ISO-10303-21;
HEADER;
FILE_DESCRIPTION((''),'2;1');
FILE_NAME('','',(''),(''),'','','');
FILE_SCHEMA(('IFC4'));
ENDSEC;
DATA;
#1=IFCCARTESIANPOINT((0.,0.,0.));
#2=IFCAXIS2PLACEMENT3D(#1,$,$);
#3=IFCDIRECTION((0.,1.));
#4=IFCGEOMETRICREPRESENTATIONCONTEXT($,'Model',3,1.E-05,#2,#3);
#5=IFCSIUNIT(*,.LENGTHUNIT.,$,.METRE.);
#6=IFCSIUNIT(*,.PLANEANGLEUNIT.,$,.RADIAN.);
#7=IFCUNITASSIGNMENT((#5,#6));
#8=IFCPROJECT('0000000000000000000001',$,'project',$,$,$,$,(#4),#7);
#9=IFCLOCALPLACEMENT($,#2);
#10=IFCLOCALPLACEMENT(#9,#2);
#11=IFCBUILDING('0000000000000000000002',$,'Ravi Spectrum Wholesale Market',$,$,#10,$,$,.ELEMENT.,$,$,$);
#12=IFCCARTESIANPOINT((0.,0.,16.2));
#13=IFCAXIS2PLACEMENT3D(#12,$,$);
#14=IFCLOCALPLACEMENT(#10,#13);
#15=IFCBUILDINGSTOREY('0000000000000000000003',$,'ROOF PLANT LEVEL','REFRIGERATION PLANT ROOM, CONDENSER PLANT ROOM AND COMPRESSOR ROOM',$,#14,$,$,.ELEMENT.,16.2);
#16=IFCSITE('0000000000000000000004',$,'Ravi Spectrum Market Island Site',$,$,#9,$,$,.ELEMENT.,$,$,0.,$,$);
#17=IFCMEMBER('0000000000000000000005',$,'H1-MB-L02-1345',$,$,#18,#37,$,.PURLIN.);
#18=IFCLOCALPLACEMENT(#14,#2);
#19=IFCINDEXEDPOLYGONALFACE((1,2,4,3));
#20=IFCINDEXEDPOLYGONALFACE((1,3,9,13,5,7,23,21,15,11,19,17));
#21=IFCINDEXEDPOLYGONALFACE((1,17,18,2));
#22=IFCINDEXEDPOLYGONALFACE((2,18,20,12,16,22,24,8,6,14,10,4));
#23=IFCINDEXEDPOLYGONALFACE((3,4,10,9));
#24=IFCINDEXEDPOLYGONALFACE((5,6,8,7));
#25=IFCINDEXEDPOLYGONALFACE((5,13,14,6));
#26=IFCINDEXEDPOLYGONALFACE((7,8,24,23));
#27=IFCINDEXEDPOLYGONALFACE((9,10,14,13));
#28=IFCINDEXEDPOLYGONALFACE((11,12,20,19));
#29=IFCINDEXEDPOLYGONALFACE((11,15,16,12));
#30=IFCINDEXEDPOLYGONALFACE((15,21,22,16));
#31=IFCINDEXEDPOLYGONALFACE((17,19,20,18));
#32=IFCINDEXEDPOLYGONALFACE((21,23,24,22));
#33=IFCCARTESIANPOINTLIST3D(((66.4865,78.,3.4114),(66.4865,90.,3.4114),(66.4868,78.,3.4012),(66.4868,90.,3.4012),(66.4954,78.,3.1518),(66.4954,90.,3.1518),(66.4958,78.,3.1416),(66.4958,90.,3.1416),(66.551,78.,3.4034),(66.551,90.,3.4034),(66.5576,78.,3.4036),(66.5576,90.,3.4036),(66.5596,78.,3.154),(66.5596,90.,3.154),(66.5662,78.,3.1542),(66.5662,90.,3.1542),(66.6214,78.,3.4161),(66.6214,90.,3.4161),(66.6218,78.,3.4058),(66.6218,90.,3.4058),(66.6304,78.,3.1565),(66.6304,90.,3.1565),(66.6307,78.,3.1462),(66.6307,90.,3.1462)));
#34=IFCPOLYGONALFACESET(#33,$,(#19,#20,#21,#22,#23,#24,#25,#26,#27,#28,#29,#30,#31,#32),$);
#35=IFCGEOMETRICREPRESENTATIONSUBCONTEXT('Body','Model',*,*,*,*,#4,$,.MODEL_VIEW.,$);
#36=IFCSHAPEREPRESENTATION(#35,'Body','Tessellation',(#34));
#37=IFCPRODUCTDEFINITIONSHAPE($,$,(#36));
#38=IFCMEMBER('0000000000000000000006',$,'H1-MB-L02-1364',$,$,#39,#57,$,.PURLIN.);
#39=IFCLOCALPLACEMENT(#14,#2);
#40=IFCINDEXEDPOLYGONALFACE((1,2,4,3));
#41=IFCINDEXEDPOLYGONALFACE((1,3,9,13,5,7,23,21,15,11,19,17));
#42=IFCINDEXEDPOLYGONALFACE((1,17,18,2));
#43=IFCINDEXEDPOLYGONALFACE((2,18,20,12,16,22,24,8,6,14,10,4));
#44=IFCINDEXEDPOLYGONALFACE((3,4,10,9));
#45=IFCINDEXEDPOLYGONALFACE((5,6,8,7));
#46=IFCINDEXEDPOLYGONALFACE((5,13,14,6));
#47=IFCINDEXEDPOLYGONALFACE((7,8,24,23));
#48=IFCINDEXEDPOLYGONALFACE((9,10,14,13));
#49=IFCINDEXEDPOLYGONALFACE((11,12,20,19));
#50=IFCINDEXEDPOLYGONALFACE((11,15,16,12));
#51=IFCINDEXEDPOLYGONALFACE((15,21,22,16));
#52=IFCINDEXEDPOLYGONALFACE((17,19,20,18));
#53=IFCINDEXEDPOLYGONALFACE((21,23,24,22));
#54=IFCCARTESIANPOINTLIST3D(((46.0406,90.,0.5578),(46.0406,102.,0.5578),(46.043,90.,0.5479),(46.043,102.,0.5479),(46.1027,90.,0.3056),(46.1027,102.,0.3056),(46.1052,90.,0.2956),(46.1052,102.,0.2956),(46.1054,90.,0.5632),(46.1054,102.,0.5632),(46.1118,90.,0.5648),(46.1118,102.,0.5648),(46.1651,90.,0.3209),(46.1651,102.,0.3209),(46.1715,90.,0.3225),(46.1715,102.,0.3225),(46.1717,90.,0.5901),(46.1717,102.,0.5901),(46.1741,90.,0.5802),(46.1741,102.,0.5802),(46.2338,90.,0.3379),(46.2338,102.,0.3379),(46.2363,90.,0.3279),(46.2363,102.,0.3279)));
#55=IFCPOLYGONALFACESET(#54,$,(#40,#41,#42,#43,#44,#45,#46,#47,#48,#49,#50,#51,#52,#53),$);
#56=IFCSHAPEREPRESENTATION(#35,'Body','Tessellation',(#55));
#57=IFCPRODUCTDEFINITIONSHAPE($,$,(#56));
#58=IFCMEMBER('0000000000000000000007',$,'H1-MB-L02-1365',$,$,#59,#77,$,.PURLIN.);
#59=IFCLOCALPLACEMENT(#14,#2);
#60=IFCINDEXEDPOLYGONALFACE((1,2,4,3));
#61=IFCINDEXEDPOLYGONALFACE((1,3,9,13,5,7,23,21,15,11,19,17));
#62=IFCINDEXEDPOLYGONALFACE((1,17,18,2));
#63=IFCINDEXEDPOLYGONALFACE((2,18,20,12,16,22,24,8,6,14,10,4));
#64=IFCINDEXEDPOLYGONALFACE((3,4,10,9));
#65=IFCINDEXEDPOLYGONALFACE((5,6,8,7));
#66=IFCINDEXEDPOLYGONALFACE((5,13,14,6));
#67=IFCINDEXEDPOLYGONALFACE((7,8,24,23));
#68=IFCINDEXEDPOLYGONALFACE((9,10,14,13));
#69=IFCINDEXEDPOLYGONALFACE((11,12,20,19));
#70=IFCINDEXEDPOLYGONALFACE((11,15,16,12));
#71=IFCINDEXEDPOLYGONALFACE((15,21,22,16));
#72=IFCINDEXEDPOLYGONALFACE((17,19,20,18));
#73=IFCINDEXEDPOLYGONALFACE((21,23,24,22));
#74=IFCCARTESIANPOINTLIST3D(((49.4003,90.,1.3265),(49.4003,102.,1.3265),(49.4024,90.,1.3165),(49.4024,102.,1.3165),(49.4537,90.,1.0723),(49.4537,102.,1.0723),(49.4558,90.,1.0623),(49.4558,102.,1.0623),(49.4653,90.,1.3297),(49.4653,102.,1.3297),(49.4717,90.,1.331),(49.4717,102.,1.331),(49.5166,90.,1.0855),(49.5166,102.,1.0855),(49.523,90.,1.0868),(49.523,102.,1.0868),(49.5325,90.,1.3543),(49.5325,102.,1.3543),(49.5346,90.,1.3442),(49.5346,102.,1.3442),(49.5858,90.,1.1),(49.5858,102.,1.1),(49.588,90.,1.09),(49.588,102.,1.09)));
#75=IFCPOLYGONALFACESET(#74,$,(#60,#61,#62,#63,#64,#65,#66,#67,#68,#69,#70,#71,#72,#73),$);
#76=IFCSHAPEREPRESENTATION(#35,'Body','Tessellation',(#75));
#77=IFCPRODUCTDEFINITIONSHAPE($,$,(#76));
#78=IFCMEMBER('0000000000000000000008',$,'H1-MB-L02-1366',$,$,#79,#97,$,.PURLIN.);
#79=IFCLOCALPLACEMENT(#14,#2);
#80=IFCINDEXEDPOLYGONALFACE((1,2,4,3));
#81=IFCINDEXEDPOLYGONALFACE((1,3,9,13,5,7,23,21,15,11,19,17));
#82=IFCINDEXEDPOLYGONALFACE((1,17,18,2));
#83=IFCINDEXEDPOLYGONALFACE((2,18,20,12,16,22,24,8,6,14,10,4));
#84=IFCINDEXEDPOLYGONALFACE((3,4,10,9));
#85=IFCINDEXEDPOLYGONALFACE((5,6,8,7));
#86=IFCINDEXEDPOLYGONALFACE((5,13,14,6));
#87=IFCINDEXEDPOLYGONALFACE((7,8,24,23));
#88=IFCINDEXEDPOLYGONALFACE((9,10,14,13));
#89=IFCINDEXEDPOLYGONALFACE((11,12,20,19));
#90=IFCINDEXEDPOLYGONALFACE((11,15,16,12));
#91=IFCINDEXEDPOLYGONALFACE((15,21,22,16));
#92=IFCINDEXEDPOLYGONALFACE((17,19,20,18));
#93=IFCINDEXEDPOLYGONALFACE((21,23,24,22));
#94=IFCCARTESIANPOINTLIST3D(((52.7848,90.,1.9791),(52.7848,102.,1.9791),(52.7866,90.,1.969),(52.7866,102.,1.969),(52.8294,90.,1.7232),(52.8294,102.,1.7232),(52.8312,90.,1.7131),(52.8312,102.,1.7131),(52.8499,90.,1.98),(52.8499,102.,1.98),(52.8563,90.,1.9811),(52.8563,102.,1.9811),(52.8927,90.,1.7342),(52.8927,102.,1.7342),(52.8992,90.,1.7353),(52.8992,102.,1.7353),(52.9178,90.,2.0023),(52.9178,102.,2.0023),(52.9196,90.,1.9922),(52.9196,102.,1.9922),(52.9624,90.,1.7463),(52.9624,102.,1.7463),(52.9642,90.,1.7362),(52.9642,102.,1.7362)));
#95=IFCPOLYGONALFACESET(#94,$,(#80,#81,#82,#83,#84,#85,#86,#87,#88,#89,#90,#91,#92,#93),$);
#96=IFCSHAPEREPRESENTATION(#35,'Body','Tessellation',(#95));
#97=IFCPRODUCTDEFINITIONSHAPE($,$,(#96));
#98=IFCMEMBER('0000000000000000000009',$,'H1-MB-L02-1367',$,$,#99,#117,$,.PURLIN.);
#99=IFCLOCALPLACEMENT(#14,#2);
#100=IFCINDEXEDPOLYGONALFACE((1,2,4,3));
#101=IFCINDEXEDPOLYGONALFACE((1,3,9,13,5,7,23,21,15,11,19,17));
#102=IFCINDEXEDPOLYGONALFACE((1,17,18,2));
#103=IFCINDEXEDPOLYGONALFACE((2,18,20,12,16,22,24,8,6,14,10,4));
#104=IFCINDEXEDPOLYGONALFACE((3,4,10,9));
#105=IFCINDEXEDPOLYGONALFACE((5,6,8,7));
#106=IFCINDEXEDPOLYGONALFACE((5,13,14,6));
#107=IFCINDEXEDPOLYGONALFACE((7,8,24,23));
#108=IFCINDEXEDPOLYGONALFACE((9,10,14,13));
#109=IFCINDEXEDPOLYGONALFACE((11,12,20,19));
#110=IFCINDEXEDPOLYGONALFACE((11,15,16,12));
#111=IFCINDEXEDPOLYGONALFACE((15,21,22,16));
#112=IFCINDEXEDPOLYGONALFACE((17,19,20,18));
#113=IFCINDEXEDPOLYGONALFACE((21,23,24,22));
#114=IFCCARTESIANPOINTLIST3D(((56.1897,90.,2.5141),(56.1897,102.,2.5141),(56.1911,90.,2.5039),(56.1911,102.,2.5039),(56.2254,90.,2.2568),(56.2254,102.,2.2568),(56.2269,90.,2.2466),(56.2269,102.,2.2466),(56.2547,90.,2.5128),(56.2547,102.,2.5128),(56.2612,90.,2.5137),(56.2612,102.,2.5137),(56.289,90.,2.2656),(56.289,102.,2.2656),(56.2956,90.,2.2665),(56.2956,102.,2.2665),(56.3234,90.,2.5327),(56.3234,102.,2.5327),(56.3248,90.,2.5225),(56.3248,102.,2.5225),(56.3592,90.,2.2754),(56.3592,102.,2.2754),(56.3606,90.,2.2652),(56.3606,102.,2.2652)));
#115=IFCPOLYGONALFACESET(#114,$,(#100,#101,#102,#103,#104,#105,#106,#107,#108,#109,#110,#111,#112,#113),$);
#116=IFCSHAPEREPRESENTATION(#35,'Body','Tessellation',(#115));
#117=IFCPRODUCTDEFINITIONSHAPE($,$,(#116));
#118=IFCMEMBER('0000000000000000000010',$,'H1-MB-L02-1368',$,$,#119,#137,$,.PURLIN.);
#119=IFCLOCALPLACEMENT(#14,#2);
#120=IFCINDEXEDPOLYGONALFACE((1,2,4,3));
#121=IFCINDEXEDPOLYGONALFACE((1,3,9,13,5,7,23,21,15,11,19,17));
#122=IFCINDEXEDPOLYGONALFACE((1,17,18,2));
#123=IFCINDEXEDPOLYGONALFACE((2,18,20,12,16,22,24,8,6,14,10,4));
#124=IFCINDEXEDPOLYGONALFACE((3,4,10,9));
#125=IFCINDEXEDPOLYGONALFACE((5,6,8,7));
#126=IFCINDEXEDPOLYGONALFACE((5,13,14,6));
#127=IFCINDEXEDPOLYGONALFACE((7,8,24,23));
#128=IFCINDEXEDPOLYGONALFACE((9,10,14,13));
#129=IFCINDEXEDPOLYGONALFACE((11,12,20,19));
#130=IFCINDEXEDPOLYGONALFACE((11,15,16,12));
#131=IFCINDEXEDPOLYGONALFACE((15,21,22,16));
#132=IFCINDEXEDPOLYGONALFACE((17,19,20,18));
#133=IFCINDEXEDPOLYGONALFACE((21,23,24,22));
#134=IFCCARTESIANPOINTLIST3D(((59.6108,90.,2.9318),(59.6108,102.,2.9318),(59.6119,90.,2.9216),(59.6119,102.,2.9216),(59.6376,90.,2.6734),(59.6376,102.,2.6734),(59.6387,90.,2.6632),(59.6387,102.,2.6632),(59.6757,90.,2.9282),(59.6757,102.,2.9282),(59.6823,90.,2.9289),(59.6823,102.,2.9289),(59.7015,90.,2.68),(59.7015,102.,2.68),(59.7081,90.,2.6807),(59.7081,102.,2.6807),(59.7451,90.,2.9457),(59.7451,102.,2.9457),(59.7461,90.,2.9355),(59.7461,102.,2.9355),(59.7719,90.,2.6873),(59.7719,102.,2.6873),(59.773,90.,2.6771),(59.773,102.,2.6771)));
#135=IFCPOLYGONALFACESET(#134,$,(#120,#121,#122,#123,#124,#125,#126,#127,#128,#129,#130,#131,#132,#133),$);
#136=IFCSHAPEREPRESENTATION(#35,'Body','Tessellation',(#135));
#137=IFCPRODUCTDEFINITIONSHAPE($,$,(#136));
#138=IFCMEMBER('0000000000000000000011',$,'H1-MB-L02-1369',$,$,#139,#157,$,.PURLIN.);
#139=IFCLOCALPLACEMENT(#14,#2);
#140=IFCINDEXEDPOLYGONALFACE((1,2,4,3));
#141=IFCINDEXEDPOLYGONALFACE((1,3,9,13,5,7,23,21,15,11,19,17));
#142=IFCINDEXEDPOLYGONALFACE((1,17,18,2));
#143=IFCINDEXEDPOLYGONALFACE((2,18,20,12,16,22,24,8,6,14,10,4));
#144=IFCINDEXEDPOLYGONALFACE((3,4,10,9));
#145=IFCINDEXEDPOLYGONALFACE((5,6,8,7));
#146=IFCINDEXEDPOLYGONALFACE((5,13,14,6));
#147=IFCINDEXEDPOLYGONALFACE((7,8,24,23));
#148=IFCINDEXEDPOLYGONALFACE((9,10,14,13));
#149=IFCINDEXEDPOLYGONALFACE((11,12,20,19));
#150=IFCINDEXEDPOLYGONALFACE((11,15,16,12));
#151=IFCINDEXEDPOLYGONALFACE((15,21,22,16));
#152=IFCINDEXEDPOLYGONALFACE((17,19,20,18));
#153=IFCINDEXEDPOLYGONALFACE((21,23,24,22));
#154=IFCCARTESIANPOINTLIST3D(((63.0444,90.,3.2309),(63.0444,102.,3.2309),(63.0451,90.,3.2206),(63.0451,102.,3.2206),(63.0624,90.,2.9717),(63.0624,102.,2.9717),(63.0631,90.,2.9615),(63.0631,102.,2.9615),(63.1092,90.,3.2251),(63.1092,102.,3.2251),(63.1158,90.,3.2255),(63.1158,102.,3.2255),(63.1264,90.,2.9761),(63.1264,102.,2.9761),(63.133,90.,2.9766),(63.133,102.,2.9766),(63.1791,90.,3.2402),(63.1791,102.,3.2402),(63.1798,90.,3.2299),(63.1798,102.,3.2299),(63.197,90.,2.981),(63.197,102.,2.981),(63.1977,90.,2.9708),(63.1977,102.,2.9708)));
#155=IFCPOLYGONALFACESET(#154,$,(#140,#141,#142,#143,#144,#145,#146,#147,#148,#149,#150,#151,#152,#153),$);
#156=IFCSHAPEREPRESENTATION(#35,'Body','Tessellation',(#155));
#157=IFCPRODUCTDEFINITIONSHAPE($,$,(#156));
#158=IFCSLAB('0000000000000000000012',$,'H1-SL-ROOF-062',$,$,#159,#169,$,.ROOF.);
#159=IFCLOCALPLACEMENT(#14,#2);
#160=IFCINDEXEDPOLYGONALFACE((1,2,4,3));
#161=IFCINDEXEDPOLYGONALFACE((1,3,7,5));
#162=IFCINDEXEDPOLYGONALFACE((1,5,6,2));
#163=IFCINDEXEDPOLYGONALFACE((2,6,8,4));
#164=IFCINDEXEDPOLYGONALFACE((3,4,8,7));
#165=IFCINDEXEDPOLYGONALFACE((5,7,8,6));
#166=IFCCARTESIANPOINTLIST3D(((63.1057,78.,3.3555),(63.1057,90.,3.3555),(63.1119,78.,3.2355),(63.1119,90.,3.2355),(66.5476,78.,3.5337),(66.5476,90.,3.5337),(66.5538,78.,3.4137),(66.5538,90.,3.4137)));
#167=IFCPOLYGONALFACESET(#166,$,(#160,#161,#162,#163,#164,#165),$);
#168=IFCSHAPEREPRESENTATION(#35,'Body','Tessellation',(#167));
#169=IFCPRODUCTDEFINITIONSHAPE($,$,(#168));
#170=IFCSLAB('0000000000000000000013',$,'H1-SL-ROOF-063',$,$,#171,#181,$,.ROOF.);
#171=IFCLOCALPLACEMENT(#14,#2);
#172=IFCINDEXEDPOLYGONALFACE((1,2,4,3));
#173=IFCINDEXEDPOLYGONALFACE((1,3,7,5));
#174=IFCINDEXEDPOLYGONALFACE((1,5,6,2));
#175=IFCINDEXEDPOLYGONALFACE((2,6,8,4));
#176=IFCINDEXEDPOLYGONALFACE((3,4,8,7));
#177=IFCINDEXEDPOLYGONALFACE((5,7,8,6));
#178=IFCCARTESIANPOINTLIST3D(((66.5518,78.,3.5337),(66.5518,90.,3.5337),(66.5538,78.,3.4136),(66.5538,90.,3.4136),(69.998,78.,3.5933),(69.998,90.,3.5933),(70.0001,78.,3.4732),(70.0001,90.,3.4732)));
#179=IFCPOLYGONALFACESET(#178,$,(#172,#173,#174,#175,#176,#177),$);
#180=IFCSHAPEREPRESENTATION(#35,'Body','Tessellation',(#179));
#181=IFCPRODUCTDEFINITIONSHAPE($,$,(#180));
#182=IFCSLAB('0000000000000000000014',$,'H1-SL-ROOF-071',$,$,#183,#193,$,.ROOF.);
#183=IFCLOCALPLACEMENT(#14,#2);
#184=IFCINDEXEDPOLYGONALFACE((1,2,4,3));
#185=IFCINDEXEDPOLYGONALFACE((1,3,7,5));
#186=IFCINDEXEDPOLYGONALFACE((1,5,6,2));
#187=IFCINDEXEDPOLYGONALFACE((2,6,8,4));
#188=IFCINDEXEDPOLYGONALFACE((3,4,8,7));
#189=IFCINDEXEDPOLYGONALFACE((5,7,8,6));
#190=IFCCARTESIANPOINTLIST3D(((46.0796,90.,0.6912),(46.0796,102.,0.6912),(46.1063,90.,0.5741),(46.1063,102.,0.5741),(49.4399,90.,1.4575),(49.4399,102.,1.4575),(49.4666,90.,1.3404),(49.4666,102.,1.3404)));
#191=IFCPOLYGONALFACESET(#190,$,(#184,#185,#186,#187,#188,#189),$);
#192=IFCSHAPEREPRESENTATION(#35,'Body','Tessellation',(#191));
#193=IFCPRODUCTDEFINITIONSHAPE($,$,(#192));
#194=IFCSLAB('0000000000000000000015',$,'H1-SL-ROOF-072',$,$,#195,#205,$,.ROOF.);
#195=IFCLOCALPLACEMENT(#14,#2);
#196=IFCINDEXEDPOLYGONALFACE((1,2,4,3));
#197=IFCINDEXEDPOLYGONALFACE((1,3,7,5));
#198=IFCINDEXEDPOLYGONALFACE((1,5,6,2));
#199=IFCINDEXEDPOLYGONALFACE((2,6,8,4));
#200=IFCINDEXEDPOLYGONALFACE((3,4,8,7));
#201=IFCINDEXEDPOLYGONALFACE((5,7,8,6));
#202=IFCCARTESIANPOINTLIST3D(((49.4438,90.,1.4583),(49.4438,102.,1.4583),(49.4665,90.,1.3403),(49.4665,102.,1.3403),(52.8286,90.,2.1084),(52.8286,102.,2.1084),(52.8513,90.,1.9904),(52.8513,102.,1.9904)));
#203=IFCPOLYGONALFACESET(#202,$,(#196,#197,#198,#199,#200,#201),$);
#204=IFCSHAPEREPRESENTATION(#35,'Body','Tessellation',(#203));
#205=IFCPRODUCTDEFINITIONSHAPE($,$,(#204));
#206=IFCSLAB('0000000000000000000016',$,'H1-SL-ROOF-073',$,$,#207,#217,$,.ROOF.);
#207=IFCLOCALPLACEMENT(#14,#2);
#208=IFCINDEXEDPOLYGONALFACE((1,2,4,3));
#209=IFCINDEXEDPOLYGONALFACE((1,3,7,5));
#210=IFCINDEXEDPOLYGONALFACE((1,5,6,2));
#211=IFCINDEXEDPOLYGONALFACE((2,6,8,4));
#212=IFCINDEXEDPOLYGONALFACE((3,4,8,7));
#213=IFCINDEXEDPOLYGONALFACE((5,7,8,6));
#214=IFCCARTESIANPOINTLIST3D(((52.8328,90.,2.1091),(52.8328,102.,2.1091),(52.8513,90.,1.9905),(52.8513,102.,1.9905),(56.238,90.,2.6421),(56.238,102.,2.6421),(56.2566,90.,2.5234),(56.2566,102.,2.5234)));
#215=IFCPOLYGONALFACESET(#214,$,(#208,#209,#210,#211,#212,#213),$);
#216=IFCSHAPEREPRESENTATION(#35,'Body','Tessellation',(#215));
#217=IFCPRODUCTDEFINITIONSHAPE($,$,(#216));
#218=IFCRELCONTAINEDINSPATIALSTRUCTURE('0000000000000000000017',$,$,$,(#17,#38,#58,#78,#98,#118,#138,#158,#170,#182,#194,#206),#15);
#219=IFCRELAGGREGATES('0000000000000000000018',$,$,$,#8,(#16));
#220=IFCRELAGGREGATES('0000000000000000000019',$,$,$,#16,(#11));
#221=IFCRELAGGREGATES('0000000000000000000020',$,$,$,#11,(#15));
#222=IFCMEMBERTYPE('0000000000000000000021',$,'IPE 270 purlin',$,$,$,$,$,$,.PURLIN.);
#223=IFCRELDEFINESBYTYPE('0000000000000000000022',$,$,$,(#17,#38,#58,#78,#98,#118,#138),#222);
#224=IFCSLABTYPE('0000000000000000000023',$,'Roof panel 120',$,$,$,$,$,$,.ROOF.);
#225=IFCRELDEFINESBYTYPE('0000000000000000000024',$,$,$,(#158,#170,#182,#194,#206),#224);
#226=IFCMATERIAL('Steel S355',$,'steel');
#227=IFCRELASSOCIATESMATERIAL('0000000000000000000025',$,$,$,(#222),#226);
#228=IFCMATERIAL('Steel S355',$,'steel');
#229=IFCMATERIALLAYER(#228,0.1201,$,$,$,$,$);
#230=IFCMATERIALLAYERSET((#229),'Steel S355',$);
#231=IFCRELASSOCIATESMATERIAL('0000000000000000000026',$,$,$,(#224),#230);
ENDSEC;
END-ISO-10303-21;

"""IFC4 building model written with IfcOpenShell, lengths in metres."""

from ifc_helpers import new_model, si_unit, direction, frame, origin, origin_2d, place, context, subcontext, project, spatial, polyline, i_section, outline, extrude, material, layer, layer_set, material_profile, profile_set, type_object, element, save


model = new_model("IFC4")

# Units and contexts
model_context = context("Model", 3, precision=1e-05, world=origin(), true_north=direction((0.0, 1.0)))
body_context = subcontext(model_context, "Body", "Model", "MODEL_VIEW")
ifc_project = project(units=[si_unit("LENGTHUNIT", "METRE"), si_unit("PLANEANGLEUNIT", "RADIAN")], contexts=[model_context])

# Site, building, storey
site_placement = place(None, origin())
site = spatial("IfcSite", under=ifc_project, at=site_placement, Name="Ravi Spectrum Market Island Site", CompositionType="ELEMENT", RefElevation=0.0)
building_placement = place(site_placement, origin())
building = spatial("IfcBuilding", under=site, at=building_placement, Name="Ravi Spectrum Wholesale Market", CompositionType="ELEMENT")
storey_placement = place(building_placement, frame((0.0, 0.0, 16.2)))
storey = spatial("IfcBuildingStorey", under=building, at=storey_placement, Name="ROOF PLANT LEVEL", Description="REFRIGERATION PLANT ROOM, CONDENSER PLANT ROOM AND COMPRESSOR ROOM", CompositionType="ELEMENT", Elevation=16.2)

# Members
ifc_material_1 = material(Name="Steel S355", Category="steel")
ifc_material_profile_1 = material_profile(ifc_material_1, i_section(OverallWidth=0.135, OverallDepth=0.27, WebThickness=0.0066, FlangeThickness=0.0103, at=origin_2d()))
ifc_profile_set_1 = profile_set([ifc_material_profile_1], Name="Steel S355")
member_type_1 = type_object("IfcMemberType", Name="IPE 270 purlin", PredefinedType="PURLIN", material=ifc_profile_set_1)
for number, where, z_axis, x_axis, name in (
    (1, (66.5586, 78.0, 3.2788), (0.0, 1.0, 0.0), (-0.999405, 0.0, -0.034492), "H1-MB-L02-1345"),
    (2, (46.1384, 90.0, 0.4429), (0.0, 1.0, 0.0), (-0.970983, 0.0, -0.239151), "H1-MB-L02-1364"),
    (3, (49.4941, 90.0, 1.2083), (0.0, 1.0, 0.0), (-0.978653, 0.0, -0.205517), "H1-MB-L02-1365"),
    (4, (52.8745, 90.0, 1.8577), (0.0, 1.0, 0.0), (-0.98516, 0.0, -0.171639), "H1-MB-L02-1366"),
    (5, (56.2751, 90.0, 2.3896), (0.0, 1.0, 0.0), (-0.990494, 0.0, -0.137557), "H1-MB-L02-1367"),
    (6, (59.6919, 90.0, 2.8044), (0.0, 1.0, 0.0), (-0.994649, 0.0, -0.103311), "H1-MB-L02-1368"),
    (7, (63.1211, 90.0, 3.1008), (0.0, 1.0, 0.0), (-0.997621, 0.0, -0.068943), "H1-MB-L02-1369"),
):
    element("IfcMember", number, at=place(storey_placement, frame(where, z_axis=z_axis, x_axis=x_axis)), inside=storey, type_object=member_type_1, Name=name, PredefinedType="PURLIN", context=body_context, shape_type="SweptSolid", body=[
        extrude(i_section(OverallWidth=0.135, OverallDepth=0.27, WebThickness=0.0066, FlangeThickness=0.0103, at=origin_2d()), origin(), (0.0, 0.0, 1.0), 12.0),
    ])

# Slabs
ifc_material_2 = material(Name="Steel S355", Category="steel")
ifc_layer_1 = layer(ifc_material_2, 0.1201)
ifc_layer_set_1 = layer_set([ifc_layer_1], Name="Steel S355")
slab_type = type_object("IfcSlabType", Name="Roof panel 120", PredefinedType="ROOF", material=ifc_layer_set_1)
slab_1_placement = place(storey_placement, frame((63.1057, 78.0, 3.3555), z_axis=(-0.051711, 0.0, 0.998662), x_axis=(0.998662, 0.0, 0.051711)))
element("IfcSlab", 8, at=slab_1_placement, inside=storey, type_object=slab_type, Name="H1-SL-ROOF-062", PredefinedType="ROOF", context=body_context, shape_type="SweptSolid", body=[
    extrude(outline(polyline([(0.0, 0.0), (3.4465, 0.0), (3.4465, 12.0), (0.0, 12.0), (0.0, 0.0)])), origin(), (0.0, 0.0, -1.0), 0.1201),
])
slab_2_placement = place(storey_placement, frame((66.5518, 78.0, 3.5337), z_axis=(-0.017283, 0.0, 0.999851), x_axis=(0.999851, 0.0, 0.017283)))
element("IfcSlab", 9, at=slab_2_placement, inside=storey, type_object=slab_type, Name="H1-SL-ROOF-063", PredefinedType="ROOF", context=body_context, shape_type="SweptSolid", body=[
    extrude(outline(polyline([(0.0, 0.0), (3.4468, 0.0), (3.4468, 12.0), (0.0, 12.0), (0.0, 0.0)])), origin(), (0.0, 0.0, -1.0), 0.1201),
])
slab_3_placement = place(storey_placement, frame((46.0796, 90.0, 0.6912), z_axis=(-0.22235, 0.0, 0.974967), x_axis=(0.974967, 0.0, 0.22235)))
element("IfcSlab", 10, at=slab_3_placement, inside=storey, type_object=slab_type, Name="H1-SL-ROOF-071", PredefinedType="ROOF", context=body_context, shape_type="SweptSolid", body=[
    extrude(outline(polyline([(0.0, 0.0), (3.4466, 0.0), (3.4466, 12.0), (0.0, 12.0), (0.0, 0.0)])), origin(), (0.0, 0.0, -1.0), 0.1201),
])
slab_4_placement = place(storey_placement, frame((49.4438, 90.0, 1.4583), z_axis=(-0.188632, 0.0, 0.982048), x_axis=(0.982048, 0.0, 0.188632)))
element("IfcSlab", 11, at=slab_4_placement, inside=storey, type_object=slab_type, Name="H1-SL-ROOF-072", PredefinedType="ROOF", context=body_context, shape_type="SweptSolid", body=[
    extrude(outline(polyline([(0.0, 0.0), (3.4466, 0.0), (3.4466, 12.0), (0.0, 12.0), (0.0, 0.0)])), origin(), (0.0, 0.0, -1.0), 0.1201),
])
slab_5_placement = place(storey_placement, frame((52.8328, 90.0, 2.1091), z_axis=(-0.154628, 0.0, 0.987973), x_axis=(0.987973, 0.0, 0.154628)))
element("IfcSlab", 12, at=slab_5_placement, inside=storey, type_object=slab_type, Name="H1-SL-ROOF-073", PredefinedType="ROOF", context=body_context, shape_type="SweptSolid", body=[
    extrude(outline(polyline([(0.0, 0.0), (3.4467, 0.0), (3.4467, 12.0), (0.0, 12.0), (0.0, 0.0)])), origin(), (0.0, 0.0, -1.0), 0.1201),
])

save(model, "model.ifc")
